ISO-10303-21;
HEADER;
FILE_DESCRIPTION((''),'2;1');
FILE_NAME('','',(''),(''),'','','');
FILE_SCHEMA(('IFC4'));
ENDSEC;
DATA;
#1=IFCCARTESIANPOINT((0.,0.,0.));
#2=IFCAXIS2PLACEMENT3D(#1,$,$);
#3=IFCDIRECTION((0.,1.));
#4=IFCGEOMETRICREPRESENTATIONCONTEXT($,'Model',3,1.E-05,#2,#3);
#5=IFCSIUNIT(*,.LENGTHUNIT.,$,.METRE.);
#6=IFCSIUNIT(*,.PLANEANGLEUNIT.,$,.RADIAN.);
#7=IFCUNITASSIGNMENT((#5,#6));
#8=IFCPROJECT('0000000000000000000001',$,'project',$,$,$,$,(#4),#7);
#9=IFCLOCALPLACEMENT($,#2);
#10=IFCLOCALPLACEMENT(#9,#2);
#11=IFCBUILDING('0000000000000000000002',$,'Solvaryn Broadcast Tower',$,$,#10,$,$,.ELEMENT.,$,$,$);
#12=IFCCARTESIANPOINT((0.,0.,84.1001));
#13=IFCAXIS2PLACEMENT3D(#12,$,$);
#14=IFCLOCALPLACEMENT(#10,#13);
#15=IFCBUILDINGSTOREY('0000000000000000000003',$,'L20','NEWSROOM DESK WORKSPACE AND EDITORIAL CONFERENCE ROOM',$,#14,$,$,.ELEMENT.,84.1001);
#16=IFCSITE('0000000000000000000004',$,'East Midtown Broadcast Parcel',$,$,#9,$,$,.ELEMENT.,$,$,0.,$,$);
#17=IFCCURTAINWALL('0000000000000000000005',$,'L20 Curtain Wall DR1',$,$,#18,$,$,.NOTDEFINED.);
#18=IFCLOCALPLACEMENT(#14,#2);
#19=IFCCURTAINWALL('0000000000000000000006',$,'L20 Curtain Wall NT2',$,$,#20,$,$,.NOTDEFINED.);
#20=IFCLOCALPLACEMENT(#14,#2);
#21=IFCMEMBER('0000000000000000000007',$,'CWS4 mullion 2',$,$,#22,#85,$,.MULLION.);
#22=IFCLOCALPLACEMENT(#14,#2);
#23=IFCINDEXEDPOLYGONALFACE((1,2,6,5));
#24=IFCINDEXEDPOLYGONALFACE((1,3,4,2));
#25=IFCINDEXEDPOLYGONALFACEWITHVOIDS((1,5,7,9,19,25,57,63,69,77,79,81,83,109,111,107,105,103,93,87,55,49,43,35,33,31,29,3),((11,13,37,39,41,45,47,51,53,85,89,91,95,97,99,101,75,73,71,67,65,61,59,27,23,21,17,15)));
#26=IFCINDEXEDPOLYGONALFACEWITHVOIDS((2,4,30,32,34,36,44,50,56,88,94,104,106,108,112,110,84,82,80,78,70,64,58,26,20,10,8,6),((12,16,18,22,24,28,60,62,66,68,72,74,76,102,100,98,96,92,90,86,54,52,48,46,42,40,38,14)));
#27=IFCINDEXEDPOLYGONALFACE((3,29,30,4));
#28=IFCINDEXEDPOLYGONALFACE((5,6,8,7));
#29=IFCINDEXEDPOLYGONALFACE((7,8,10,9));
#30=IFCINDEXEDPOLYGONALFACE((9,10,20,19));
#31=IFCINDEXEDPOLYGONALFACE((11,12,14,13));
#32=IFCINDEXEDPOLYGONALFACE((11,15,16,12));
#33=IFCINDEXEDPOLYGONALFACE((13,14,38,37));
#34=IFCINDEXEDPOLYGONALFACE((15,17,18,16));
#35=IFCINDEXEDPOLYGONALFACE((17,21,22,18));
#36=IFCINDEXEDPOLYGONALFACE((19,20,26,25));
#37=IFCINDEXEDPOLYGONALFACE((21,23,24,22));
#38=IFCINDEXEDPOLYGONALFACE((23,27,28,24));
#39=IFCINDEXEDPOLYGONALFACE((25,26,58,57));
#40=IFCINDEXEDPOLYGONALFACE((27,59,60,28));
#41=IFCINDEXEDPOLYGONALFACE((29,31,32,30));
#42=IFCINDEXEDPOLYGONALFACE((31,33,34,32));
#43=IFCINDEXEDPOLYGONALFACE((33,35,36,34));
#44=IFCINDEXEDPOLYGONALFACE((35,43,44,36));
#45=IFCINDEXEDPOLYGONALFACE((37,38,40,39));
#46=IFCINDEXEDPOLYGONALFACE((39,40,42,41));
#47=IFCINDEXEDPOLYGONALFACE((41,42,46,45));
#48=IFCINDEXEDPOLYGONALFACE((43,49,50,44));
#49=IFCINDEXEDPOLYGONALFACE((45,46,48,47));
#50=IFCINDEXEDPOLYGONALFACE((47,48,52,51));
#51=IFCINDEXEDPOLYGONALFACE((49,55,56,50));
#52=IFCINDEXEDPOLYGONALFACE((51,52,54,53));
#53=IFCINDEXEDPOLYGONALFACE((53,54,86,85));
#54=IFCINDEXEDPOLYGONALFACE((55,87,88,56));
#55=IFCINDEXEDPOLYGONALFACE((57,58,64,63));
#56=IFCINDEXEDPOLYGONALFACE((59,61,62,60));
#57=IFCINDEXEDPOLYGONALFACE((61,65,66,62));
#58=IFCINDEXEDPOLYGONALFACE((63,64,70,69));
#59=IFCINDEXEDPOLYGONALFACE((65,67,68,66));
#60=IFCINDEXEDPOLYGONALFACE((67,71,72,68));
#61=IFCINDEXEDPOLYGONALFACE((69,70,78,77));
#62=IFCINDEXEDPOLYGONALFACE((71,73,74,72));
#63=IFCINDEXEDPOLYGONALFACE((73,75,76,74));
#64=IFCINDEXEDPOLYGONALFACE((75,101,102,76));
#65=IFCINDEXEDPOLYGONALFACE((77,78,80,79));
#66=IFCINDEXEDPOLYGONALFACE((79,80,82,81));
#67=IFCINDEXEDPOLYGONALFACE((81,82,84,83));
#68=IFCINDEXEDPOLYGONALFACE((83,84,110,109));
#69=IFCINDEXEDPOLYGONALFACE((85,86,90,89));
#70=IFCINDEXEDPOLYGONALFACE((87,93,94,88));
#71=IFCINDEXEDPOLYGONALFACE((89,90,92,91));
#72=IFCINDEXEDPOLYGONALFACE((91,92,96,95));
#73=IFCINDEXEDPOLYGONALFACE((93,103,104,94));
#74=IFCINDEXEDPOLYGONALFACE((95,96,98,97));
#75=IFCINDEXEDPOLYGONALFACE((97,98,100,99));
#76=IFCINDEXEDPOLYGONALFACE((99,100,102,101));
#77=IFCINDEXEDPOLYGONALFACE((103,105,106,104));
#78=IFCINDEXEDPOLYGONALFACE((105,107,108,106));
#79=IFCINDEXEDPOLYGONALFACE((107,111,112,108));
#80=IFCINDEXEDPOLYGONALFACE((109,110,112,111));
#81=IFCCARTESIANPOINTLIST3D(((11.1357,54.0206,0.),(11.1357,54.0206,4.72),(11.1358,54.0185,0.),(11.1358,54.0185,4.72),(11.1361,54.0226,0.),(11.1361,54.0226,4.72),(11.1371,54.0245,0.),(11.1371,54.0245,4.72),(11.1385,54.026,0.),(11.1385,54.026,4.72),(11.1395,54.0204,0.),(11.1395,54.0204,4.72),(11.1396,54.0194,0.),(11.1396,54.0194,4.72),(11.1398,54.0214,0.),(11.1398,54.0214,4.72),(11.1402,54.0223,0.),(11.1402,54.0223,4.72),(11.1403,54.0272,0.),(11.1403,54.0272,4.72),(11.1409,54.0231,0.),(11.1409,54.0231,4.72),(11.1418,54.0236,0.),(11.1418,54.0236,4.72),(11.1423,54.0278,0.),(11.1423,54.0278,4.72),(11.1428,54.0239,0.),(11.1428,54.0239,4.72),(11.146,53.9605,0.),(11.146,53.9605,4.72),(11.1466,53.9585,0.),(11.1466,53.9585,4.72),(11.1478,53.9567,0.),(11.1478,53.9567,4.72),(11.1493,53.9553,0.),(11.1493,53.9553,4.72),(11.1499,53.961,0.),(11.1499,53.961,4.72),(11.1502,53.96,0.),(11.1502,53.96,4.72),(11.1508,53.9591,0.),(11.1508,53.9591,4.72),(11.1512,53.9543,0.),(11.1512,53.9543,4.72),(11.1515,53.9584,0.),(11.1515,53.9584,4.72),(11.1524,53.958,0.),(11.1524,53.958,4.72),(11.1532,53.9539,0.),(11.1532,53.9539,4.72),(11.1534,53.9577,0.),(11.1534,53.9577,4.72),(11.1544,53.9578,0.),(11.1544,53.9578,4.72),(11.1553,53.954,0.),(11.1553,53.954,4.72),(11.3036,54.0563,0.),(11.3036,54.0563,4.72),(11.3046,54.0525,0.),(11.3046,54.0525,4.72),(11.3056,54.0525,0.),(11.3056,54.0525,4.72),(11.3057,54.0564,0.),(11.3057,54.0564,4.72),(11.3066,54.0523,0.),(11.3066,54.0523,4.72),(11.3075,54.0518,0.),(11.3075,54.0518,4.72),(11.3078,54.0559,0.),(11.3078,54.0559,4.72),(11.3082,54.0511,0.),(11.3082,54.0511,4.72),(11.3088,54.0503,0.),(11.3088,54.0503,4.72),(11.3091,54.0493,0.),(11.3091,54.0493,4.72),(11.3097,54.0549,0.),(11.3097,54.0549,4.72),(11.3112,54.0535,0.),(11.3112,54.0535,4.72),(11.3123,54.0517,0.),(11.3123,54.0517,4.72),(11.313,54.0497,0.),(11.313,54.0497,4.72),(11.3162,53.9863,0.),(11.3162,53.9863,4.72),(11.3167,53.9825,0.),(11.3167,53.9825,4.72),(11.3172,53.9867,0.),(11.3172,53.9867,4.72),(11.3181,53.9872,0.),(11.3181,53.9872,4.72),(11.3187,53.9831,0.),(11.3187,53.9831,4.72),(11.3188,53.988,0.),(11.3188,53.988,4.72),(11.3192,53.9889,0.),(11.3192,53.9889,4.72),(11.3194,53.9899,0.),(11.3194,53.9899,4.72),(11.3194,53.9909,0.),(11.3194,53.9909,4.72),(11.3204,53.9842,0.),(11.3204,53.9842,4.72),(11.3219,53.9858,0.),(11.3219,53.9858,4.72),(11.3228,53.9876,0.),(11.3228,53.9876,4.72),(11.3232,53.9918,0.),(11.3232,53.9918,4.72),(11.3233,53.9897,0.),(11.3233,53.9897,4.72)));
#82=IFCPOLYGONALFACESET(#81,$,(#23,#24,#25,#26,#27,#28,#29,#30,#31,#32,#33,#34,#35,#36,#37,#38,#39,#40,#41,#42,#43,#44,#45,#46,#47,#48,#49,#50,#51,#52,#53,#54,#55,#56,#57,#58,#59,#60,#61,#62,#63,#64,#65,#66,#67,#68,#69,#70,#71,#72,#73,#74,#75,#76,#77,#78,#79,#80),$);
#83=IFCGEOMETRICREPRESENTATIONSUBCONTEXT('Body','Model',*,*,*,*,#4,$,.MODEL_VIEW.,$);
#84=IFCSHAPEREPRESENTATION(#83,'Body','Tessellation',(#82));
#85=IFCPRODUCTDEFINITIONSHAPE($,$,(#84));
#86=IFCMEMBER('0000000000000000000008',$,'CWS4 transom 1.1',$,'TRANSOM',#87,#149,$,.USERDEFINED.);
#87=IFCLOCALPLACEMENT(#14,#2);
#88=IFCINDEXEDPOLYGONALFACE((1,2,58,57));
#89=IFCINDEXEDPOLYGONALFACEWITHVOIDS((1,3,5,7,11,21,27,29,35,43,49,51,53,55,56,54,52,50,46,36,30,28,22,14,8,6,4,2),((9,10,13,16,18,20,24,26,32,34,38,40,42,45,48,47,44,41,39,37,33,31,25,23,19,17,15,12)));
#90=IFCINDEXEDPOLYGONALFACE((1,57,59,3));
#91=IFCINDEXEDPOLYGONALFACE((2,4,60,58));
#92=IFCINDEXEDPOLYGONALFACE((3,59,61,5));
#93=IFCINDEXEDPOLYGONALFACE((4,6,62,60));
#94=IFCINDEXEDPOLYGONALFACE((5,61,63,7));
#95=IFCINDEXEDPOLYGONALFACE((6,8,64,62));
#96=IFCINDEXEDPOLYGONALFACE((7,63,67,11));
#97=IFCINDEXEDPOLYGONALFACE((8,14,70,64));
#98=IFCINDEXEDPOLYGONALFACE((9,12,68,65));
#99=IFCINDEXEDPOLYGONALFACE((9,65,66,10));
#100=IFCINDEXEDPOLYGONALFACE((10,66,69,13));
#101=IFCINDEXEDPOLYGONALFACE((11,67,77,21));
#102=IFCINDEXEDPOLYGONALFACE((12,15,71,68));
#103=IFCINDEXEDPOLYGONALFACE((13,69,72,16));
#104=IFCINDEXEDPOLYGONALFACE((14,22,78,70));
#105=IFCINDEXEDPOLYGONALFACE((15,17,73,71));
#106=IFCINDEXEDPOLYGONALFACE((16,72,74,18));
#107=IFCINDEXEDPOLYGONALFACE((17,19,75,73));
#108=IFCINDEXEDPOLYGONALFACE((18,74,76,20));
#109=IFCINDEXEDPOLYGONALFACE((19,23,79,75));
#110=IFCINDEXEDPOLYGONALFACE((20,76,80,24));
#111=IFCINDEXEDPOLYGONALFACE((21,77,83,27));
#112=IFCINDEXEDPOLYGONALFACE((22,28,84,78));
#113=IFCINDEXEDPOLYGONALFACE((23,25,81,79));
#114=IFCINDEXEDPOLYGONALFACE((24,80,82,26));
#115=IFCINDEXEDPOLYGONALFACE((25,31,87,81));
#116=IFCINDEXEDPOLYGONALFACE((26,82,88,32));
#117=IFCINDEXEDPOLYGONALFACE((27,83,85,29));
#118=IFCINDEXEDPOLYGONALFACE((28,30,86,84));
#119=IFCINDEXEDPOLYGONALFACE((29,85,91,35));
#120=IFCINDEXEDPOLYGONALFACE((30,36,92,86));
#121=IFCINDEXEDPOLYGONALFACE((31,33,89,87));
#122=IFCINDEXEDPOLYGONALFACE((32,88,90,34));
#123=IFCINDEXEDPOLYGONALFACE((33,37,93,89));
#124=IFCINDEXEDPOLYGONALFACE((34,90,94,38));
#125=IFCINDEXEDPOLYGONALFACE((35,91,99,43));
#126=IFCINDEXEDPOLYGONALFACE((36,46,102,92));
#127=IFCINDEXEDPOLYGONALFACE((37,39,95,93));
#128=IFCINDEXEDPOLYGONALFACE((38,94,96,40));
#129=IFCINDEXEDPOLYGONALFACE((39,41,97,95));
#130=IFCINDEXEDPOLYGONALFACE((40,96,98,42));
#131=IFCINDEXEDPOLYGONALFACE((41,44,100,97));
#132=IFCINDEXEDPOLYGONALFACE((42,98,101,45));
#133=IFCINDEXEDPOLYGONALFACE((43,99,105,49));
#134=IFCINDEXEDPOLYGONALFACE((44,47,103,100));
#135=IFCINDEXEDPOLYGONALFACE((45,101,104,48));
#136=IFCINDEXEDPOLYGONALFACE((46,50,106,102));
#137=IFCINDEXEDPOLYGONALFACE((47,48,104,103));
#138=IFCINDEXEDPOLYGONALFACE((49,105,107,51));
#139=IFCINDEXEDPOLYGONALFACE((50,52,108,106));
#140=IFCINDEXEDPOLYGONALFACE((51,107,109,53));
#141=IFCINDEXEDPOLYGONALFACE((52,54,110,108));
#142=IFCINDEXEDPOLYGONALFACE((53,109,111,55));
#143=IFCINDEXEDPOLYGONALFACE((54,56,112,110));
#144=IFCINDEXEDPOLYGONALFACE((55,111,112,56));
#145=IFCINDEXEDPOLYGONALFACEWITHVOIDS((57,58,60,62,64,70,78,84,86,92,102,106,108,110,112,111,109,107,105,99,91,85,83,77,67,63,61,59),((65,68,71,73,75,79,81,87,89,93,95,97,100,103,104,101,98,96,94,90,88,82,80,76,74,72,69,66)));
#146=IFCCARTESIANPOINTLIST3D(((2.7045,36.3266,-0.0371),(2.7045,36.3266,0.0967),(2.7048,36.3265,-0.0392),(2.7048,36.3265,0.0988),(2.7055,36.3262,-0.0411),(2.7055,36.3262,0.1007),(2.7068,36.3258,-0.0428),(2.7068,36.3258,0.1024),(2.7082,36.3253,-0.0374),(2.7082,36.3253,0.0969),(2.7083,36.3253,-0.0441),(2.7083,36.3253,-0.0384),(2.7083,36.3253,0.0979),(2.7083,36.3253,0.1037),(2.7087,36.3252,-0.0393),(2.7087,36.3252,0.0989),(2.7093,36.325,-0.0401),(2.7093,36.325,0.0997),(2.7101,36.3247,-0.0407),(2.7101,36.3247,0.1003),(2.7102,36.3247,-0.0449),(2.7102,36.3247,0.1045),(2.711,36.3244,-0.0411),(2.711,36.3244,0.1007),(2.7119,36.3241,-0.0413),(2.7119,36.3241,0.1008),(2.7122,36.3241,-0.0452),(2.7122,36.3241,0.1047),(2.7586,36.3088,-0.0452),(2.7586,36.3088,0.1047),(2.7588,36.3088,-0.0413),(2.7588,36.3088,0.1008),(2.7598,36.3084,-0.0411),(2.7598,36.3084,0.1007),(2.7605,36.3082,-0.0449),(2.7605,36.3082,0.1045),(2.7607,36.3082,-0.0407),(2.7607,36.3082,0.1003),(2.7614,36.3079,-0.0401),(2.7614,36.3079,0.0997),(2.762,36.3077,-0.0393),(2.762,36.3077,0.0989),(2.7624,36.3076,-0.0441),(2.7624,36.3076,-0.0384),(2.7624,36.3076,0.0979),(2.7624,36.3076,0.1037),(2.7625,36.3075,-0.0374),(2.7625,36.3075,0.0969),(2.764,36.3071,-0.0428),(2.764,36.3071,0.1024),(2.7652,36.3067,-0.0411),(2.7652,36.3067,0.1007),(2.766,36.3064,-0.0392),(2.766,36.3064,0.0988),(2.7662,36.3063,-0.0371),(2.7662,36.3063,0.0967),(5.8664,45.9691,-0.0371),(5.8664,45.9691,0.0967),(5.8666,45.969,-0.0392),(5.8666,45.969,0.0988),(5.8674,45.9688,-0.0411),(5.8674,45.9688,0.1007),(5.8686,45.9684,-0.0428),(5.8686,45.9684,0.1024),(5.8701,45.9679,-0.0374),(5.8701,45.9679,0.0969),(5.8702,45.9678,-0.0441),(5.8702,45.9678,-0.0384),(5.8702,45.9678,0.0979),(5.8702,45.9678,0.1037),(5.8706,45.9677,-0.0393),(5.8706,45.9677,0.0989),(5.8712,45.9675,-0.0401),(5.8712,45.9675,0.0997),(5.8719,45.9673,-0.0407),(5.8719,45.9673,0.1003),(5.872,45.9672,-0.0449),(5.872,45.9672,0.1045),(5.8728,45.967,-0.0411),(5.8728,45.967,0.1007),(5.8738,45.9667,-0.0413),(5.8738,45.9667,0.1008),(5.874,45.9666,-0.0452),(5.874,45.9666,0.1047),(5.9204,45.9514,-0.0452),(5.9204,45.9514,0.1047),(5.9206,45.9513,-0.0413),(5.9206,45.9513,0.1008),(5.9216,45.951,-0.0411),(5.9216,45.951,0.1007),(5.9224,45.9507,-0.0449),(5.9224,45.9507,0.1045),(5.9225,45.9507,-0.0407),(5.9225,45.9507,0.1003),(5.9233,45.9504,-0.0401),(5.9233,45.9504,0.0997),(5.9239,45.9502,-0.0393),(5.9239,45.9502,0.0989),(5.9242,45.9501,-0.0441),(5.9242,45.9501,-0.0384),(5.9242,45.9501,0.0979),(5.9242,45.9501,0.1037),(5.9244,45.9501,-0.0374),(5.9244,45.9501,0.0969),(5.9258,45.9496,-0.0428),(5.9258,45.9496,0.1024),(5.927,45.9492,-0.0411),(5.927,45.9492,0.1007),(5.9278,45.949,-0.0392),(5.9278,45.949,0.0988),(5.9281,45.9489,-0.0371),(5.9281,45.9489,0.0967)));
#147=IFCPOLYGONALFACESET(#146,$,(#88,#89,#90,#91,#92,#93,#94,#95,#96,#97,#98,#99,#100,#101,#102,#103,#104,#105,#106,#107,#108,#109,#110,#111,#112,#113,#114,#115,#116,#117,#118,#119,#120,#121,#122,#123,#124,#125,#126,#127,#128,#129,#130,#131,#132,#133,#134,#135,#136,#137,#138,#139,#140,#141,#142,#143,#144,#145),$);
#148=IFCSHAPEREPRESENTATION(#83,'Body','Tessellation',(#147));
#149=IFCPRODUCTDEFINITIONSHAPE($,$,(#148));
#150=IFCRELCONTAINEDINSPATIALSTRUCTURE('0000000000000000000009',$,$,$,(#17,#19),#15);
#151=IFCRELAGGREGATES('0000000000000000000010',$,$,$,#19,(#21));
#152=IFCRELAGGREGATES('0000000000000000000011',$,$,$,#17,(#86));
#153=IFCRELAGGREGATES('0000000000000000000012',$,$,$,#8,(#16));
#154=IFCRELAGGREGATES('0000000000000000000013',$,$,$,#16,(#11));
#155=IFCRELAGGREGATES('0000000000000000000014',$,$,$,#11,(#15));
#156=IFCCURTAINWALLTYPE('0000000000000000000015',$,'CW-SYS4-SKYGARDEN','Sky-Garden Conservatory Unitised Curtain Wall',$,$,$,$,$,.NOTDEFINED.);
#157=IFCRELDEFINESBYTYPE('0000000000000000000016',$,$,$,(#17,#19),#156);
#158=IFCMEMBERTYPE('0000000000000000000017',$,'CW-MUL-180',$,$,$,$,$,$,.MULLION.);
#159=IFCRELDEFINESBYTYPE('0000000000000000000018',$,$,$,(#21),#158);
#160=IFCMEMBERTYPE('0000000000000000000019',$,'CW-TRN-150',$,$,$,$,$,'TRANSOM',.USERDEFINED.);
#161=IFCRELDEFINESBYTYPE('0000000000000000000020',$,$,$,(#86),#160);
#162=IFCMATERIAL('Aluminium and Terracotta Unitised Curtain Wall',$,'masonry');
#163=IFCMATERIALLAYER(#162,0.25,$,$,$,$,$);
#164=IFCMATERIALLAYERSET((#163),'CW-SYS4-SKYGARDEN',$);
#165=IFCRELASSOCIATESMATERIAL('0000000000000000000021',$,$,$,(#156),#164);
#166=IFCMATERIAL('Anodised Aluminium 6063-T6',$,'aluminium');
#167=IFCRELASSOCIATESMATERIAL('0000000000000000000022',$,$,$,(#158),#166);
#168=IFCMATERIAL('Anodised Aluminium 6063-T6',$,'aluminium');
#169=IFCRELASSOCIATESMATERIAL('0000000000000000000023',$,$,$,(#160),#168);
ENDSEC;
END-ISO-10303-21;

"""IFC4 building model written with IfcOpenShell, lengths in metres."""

from ifc_helpers import new_model, si_unit, direction, frame, origin, origin_2d, place, context, subcontext, project, spatial, hollow_rectangle, extrude, material, layer, layer_set, material_profile, profile_set, type_object, element, aggregate, save


model = new_model("IFC4")

# Units and contexts
model_context = context("Model", 3, precision=1e-05, world=origin(), true_north=direction((0.0, 1.0)))
body_context = subcontext(model_context, "Body", "Model", "MODEL_VIEW")
ifc_project = project(units=[si_unit("LENGTHUNIT", "METRE"), si_unit("PLANEANGLEUNIT", "RADIAN")], contexts=[model_context])

# Site, building, storey
site_placement = place(None, origin())
site = spatial("IfcSite", under=ifc_project, at=site_placement, Name="East Midtown Broadcast Parcel", CompositionType="ELEMENT", RefElevation=0.0)
building_placement = place(site_placement, origin())
building = spatial("IfcBuilding", under=site, at=building_placement, Name="Solvaryn Broadcast Tower", CompositionType="ELEMENT")
storey_placement = place(building_placement, frame((0.0, 0.0, 84.1001)))
storey = spatial("IfcBuildingStorey", under=building, at=storey_placement, Name="L20", Description="NEWSROOM DESK WORKSPACE AND EDITORIAL CONFERENCE ROOM", CompositionType="ELEMENT", Elevation=84.1001)

# Curtain wall
ifc_material_1 = material(Name="Aluminium and Terracotta Unitised Curtain Wall", Category="masonry")
ifc_layer_1 = layer(ifc_material_1, 0.25)
ifc_layer_set_1 = layer_set([ifc_layer_1], Name="CW-SYS4-SKYGARDEN")
curtain_wall_type = type_object("IfcCurtainWallType", Name="CW-SYS4-SKYGARDEN", Description="Sky-Garden Conservatory Unitised Curtain Wall", PredefinedType="NOTDEFINED", material=ifc_layer_set_1)
curtain_wall_1_placement = place(storey_placement, origin())
curtain_wall_1 = element("IfcCurtainWall", 1, at=curtain_wall_1_placement, inside=storey, type_object=curtain_wall_type, Name="L20 Curtain Wall DR1", PredefinedType="NOTDEFINED")
ifc_material_2 = material(Name="Anodised Aluminium 6063-T6", Category="aluminium")
ifc_material_profile_1 = material_profile(ifc_material_2, hollow_rectangle(XDim=0.075, YDim=0.1799, WallThickness=0.0039, InnerFilletRadius=0.0039, OuterFilletRadius=0.0081, at=origin_2d()))
ifc_profile_set_1 = profile_set([ifc_material_profile_1], Name="Anodised Aluminium 6063-T6")
member_type_1 = type_object("IfcMemberType", Name="CW-MUL-180", PredefinedType="MULLION", material=ifc_profile_set_1)

# Curtain wall, member
curtain_wall_2_placement = place(storey_placement, origin())
curtain_wall_2 = element("IfcCurtainWall", 2, at=curtain_wall_2_placement, inside=storey, type_object=curtain_wall_type, Name="L20 Curtain Wall NT2", PredefinedType="NOTDEFINED")
member_1_placement = place(storey_placement, frame((11.2295, 54.0051, 0.0), z_axis=(0.0, 0.0, 1.0), x_axis=(0.173785, -0.984784, 0.0)))
member_1 = element("IfcMember", 3, at=member_1_placement, type_object=member_type_1, Name="CWS4 mullion 2", PredefinedType="MULLION", context=body_context, shape_type="SweptSolid", body=[
    extrude(hollow_rectangle(XDim=0.075, YDim=0.1799, WallThickness=0.0039, InnerFilletRadius=0.0039, OuterFilletRadius=0.0081, at=origin_2d()), origin(), (0.0, 0.0, 1.0), 4.72),
])
aggregate(curtain_wall_2, [member_1])

# Member
ifc_material_3 = material(Name="Anodised Aluminium 6063-T6", Category="aluminium")
ifc_material_profile_2 = material_profile(ifc_material_3, hollow_rectangle(XDim=0.0649, YDim=0.1499, WallThickness=0.0039, InnerFilletRadius=0.0039, OuterFilletRadius=0.0081, at=origin_2d()))
ifc_profile_set_2 = profile_set([ifc_material_profile_2], Name="Anodised Aluminium 6063-T6")
member_type_2 = type_object("IfcMemberType", Name="CW-TRN-150", ElementType="TRANSOM", PredefinedType="USERDEFINED", material=ifc_profile_set_2)
member_2_placement = place(storey_placement, frame((5.8972, 45.959, 0.0298), z_axis=(-0.311583, -0.950219, 0.0), x_axis=(0.950219, -0.311583, 0.0)))
member_2 = element("IfcMember", 4, at=member_2_placement, type_object=member_type_2, Name="CWS4 transom 1.1", ObjectType="TRANSOM", PredefinedType="USERDEFINED", context=body_context, shape_type="SweptSolid", body=[
    extrude(hollow_rectangle(XDim=0.0649, YDim=0.1499, WallThickness=0.0039, InnerFilletRadius=0.0039, OuterFilletRadius=0.0081, at=origin_2d()), origin(), (0.0, 0.0, 1.0), 10.1477),
])
aggregate(curtain_wall_1, [member_2])

save(model, "model.ifc")
